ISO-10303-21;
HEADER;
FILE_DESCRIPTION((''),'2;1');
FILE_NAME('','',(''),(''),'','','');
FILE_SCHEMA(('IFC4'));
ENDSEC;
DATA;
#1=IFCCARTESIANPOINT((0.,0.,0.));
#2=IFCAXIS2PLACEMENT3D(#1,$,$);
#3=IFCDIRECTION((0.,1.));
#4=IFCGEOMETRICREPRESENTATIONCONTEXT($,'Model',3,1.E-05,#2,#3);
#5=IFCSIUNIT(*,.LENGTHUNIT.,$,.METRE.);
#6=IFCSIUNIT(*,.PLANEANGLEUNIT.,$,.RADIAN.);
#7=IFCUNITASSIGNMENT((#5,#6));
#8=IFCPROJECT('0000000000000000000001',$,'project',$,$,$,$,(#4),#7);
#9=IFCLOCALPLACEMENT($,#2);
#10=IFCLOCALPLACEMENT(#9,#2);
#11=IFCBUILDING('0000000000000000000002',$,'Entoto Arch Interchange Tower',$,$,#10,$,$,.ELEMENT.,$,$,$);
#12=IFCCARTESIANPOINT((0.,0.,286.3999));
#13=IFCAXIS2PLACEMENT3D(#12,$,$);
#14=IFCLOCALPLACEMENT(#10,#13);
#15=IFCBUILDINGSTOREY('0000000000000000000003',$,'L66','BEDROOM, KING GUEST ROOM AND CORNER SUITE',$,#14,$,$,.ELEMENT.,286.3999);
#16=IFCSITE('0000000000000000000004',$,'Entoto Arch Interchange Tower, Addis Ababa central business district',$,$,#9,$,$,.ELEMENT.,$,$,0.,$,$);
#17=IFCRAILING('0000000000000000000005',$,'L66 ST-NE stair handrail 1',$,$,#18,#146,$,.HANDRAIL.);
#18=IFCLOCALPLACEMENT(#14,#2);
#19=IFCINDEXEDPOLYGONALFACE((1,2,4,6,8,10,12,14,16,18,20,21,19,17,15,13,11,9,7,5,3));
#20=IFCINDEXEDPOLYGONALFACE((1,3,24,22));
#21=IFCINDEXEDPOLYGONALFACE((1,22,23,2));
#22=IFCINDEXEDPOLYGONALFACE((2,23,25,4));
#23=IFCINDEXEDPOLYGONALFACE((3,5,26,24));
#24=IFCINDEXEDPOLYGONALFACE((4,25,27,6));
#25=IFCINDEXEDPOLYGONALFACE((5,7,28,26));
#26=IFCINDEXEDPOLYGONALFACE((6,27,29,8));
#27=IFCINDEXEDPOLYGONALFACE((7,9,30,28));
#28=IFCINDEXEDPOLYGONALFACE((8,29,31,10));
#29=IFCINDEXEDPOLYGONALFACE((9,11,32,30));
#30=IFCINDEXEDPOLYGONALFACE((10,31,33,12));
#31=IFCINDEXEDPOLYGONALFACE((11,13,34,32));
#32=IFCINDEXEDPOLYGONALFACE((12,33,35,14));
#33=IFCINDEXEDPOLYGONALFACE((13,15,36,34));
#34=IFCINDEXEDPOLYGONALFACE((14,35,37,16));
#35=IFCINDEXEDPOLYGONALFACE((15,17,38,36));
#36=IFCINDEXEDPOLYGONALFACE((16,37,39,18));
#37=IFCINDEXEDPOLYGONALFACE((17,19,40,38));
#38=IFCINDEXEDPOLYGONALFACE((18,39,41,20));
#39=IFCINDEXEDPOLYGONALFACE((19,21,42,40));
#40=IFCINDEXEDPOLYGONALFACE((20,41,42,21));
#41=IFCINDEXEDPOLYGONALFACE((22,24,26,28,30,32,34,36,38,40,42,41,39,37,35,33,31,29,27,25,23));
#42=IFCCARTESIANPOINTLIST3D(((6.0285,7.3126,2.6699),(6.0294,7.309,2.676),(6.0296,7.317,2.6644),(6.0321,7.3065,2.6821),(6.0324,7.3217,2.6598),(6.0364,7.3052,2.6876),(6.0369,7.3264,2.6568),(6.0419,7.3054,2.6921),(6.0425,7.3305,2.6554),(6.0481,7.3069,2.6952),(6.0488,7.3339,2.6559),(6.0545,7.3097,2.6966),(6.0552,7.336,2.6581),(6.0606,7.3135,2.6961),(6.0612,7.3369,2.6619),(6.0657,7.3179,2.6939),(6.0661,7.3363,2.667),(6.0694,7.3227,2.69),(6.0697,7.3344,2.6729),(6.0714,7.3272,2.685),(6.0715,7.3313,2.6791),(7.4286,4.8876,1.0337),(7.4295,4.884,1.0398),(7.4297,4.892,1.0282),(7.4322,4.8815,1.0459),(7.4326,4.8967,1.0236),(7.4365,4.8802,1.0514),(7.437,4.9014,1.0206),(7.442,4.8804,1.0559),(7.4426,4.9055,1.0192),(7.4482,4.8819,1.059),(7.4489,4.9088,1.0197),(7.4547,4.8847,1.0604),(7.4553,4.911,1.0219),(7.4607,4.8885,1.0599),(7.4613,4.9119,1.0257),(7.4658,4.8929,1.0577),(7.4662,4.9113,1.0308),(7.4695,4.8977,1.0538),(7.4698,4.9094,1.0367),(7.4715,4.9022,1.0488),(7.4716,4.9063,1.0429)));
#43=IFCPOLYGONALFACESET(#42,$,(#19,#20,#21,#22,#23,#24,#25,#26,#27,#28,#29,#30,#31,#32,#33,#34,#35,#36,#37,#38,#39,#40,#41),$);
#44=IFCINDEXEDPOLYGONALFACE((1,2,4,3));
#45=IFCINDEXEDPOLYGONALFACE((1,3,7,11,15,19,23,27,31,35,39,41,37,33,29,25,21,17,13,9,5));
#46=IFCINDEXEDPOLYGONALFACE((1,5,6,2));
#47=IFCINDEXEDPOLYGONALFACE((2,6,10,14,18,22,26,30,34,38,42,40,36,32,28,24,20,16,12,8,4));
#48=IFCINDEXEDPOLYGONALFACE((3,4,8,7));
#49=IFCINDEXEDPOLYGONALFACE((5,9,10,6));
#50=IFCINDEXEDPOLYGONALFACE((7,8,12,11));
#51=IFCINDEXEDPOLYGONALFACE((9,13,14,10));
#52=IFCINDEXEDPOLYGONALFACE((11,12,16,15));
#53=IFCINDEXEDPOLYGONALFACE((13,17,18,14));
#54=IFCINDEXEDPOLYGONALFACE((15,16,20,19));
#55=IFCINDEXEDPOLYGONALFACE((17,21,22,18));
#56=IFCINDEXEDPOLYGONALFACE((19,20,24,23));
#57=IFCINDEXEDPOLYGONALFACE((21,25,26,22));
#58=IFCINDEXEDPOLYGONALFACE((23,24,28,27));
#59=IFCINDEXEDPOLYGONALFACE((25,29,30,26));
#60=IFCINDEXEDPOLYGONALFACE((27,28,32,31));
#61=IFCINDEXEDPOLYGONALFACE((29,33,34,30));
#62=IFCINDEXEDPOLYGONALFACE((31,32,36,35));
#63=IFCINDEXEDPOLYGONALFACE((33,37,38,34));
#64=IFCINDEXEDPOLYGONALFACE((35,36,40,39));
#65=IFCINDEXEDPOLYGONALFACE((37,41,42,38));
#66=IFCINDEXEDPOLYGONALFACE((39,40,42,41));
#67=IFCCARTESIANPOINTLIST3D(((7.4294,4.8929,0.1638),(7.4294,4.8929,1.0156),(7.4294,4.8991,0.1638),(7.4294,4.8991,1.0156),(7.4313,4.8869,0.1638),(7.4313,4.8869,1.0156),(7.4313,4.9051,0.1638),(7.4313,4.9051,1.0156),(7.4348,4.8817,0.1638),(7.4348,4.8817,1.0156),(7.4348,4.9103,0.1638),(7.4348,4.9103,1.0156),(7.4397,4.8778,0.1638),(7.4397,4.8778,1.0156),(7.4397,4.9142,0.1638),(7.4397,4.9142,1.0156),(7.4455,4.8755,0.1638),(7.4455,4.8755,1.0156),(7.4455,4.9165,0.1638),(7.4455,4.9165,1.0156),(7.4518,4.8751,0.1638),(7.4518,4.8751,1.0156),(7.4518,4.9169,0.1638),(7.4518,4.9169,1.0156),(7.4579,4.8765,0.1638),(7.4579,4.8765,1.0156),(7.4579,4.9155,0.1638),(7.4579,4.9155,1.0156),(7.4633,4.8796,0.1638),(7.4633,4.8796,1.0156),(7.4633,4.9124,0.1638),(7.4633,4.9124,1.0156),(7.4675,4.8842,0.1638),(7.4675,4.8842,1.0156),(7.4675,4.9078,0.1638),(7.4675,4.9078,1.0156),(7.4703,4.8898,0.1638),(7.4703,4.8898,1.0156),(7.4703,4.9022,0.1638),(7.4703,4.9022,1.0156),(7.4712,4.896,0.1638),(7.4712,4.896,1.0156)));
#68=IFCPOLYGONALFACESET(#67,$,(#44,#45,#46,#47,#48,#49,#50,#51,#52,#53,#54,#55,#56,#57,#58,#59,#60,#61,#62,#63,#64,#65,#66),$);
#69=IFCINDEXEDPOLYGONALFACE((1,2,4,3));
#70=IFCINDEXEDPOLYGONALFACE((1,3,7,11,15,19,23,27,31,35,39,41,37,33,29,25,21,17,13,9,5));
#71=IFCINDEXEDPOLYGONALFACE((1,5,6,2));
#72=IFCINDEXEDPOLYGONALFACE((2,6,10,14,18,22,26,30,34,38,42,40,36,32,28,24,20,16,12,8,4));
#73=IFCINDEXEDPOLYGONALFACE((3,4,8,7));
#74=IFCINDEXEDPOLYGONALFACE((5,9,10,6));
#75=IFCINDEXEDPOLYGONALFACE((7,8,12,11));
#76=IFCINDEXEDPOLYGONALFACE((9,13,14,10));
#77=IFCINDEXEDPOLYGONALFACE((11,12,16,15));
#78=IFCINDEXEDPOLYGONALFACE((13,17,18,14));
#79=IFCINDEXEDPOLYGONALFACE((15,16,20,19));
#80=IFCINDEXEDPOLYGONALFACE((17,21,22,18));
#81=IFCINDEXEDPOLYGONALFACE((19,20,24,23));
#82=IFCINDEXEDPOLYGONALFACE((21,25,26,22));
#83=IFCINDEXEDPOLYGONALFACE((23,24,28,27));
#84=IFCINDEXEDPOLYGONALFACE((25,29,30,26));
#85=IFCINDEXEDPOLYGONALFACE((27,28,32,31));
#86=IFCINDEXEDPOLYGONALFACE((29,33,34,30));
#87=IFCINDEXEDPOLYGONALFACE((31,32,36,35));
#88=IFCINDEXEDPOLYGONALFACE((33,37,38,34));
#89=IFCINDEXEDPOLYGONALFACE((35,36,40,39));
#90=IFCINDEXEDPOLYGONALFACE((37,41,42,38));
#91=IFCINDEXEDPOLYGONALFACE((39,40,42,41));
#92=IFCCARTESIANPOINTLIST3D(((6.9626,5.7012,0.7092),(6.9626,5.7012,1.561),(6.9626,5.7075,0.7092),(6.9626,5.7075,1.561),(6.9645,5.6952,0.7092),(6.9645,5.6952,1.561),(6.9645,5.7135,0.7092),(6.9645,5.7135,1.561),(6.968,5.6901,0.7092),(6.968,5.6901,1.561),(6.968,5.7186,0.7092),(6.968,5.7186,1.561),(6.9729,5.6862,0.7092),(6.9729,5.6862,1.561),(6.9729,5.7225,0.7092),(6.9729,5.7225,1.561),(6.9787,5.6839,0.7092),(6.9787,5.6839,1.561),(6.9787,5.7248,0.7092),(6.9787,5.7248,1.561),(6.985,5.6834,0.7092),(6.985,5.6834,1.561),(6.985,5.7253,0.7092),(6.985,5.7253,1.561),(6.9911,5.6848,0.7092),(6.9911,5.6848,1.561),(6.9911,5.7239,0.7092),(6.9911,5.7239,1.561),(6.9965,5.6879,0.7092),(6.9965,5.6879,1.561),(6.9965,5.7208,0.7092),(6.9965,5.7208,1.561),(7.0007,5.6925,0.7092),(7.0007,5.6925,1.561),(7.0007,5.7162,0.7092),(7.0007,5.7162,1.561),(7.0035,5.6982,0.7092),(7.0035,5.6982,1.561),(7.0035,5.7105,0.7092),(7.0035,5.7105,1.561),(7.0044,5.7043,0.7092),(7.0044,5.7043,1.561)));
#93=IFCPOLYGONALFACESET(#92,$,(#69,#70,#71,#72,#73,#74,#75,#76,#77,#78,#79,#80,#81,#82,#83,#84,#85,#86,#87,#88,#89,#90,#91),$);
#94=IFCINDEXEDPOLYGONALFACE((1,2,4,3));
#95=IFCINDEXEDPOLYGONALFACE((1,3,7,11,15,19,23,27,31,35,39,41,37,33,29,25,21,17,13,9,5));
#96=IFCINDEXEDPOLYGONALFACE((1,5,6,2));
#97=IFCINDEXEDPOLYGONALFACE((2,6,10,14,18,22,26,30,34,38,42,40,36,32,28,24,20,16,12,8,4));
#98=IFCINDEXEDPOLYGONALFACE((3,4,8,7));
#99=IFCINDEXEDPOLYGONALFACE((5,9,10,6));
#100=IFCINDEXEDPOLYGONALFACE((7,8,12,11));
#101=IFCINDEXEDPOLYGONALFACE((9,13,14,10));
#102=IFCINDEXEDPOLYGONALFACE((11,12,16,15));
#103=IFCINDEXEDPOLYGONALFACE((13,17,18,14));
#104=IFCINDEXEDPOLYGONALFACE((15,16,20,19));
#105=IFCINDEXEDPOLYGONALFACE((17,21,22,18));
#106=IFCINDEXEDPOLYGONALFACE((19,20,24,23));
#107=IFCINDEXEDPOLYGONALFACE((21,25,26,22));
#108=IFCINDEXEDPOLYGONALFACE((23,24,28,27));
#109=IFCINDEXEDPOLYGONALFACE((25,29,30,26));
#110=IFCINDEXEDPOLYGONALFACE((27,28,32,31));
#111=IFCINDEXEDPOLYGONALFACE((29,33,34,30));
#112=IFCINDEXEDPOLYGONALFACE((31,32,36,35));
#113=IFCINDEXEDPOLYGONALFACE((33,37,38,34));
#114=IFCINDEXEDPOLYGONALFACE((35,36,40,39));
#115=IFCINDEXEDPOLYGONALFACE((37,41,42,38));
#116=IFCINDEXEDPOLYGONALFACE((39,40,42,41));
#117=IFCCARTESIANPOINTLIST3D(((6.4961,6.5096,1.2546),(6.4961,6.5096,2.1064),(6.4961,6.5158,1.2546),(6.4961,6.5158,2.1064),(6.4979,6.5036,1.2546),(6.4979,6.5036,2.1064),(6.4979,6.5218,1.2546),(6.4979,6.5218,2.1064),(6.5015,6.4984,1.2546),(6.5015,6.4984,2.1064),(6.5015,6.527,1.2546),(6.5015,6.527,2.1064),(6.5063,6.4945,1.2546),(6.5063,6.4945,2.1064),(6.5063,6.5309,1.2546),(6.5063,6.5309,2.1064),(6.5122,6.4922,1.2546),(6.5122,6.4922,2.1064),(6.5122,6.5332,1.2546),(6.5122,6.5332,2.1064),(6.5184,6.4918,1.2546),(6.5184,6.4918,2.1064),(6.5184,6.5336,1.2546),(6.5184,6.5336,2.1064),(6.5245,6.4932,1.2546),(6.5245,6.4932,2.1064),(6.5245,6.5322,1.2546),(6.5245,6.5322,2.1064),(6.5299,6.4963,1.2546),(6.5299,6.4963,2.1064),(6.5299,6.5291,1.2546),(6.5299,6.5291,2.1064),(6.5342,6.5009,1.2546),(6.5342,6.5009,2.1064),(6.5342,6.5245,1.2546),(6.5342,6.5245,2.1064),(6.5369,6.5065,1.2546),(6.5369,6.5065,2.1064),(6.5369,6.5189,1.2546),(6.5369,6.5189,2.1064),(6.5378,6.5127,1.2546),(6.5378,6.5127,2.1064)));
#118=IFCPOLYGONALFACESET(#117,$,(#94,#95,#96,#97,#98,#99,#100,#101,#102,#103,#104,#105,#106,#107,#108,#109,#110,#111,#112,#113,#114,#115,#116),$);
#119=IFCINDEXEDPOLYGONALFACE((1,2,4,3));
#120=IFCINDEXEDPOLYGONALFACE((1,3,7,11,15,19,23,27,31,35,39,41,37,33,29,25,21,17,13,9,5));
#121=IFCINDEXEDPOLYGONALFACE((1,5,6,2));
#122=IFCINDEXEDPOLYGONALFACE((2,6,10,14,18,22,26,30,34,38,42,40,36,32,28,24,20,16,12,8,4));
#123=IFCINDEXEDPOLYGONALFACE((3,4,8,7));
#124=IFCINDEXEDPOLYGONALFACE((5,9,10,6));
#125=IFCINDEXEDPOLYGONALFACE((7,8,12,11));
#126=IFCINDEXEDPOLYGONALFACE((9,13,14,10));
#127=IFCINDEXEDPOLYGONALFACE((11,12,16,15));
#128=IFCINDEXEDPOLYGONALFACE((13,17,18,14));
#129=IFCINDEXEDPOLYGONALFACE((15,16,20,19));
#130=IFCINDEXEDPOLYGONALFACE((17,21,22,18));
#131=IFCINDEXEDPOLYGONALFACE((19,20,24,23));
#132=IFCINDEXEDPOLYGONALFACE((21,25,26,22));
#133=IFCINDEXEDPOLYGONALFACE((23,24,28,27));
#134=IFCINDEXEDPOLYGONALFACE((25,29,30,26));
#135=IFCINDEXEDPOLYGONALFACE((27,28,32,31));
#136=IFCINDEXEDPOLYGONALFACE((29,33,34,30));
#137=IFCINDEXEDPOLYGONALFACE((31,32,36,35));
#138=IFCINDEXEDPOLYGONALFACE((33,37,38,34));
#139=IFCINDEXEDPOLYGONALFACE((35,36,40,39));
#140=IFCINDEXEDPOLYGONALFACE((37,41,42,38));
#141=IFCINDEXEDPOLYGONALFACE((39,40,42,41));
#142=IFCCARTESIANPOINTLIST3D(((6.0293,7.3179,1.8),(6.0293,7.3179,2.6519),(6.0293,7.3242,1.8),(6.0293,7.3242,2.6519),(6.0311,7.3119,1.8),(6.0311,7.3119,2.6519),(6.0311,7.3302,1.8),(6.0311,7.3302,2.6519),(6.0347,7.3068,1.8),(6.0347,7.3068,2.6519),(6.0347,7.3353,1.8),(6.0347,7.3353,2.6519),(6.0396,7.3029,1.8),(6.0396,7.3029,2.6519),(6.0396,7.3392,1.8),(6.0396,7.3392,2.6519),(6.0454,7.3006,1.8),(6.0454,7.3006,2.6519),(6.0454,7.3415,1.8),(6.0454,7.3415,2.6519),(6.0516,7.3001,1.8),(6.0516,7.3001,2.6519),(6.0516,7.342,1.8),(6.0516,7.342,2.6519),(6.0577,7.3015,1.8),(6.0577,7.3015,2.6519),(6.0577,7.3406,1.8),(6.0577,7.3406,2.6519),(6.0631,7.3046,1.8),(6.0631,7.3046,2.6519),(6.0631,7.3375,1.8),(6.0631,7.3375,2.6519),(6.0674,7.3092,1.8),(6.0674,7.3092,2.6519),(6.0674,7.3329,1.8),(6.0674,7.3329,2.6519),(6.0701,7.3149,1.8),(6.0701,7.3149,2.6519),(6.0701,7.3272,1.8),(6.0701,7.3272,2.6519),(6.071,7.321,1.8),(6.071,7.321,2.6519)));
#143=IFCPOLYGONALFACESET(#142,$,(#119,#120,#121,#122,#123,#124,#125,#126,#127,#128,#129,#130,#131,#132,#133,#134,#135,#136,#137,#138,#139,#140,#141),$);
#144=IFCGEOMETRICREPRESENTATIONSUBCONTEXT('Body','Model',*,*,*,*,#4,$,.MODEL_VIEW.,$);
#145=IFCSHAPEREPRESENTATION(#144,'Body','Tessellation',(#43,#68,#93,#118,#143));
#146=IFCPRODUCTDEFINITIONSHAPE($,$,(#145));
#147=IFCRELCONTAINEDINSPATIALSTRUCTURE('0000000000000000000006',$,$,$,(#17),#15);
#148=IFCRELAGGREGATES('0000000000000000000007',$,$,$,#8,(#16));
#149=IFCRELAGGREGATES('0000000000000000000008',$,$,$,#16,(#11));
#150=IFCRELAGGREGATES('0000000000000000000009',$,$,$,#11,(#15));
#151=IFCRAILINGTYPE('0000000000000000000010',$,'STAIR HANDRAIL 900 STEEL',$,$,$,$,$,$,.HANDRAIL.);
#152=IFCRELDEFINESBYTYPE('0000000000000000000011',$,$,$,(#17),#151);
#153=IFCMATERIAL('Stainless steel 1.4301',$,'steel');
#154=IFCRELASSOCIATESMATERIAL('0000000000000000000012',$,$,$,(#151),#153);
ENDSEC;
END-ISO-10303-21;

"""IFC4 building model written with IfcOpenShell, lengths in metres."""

from ifc_helpers import new_model, si_unit, direction, frame, origin, origin_2d, place, context, subcontext, project, spatial, circle, extrude, material, type_object, element, save


model = new_model("IFC4")

# Units and contexts
model_context = context("Model", 3, precision=1e-05, world=origin(), true_north=direction((0.0, 1.0)))
body_context = subcontext(model_context, "Body", "Model", "MODEL_VIEW")
ifc_project = project(units=[si_unit("LENGTHUNIT", "METRE"), si_unit("PLANEANGLEUNIT", "RADIAN")], contexts=[model_context])

# Site, building, storey
site_placement = place(None, origin())
site = spatial("IfcSite", under=ifc_project, at=site_placement, Name="Entoto Arch Interchange Tower, Addis Ababa central business district", CompositionType="ELEMENT", RefElevation=0.0)
building_placement = place(site_placement, origin())
building = spatial("IfcBuilding", under=site, at=building_placement, Name="Entoto Arch Interchange Tower", CompositionType="ELEMENT")
storey_placement = place(building_placement, frame((0.0, 0.0, 286.3999)))
storey = spatial("IfcBuildingStorey", under=building, at=storey_placement, Name="L66", Description="BEDROOM, KING GUEST ROOM AND CORNER SUITE", CompositionType="ELEMENT", Elevation=286.3999)

# Railing
ifc_material_1 = material(Name="Stainless steel 1.4301", Category="steel")
railing_type_1 = type_object("IfcRailingType", Name="STAIR HANDRAIL 900 STEEL", PredefinedType="HANDRAIL", material=ifc_material_1)
railing_1_placement = place(storey_placement, frame((7.4502, 4.896, 0.1638)))
element("IfcRailing", 1, at=railing_1_placement, inside=storey, type_object=railing_type_1, Name="L66 ST-NE stair handrail 1", PredefinedType="HANDRAIL", context=body_context, shape_type="SweptSolid", body=[
    extrude(circle(Radius=0.0239, at=origin_2d()), frame((0.0, 0.0, 0.876), z_axis=(-0.431714, 0.747727, 0.504507), x_axis=(-0.866019, -0.500012, 0.0)), (0.0, 0.0, 1.0), 3.2432),
    extrude(circle(Radius=0.021, at=origin_2d()), origin(), (0.0, 0.0, 1.0), 0.8518),
    extrude(circle(Radius=0.021, at=origin_2d()), frame((-0.4668, 0.8083, 0.5454)), (0.0, 0.0, 1.0), 0.8518),
    extrude(circle(Radius=0.021, at=origin_2d()), frame((-0.9333, 1.6167, 1.0908)), (0.0, 0.0, 1.0), 0.8518),
    extrude(circle(Radius=0.021, at=origin_2d()), frame((-1.4001, 2.425, 1.6362)), (0.0, 0.0, 1.0), 0.8518),
])

save(model, "model.ifc")
